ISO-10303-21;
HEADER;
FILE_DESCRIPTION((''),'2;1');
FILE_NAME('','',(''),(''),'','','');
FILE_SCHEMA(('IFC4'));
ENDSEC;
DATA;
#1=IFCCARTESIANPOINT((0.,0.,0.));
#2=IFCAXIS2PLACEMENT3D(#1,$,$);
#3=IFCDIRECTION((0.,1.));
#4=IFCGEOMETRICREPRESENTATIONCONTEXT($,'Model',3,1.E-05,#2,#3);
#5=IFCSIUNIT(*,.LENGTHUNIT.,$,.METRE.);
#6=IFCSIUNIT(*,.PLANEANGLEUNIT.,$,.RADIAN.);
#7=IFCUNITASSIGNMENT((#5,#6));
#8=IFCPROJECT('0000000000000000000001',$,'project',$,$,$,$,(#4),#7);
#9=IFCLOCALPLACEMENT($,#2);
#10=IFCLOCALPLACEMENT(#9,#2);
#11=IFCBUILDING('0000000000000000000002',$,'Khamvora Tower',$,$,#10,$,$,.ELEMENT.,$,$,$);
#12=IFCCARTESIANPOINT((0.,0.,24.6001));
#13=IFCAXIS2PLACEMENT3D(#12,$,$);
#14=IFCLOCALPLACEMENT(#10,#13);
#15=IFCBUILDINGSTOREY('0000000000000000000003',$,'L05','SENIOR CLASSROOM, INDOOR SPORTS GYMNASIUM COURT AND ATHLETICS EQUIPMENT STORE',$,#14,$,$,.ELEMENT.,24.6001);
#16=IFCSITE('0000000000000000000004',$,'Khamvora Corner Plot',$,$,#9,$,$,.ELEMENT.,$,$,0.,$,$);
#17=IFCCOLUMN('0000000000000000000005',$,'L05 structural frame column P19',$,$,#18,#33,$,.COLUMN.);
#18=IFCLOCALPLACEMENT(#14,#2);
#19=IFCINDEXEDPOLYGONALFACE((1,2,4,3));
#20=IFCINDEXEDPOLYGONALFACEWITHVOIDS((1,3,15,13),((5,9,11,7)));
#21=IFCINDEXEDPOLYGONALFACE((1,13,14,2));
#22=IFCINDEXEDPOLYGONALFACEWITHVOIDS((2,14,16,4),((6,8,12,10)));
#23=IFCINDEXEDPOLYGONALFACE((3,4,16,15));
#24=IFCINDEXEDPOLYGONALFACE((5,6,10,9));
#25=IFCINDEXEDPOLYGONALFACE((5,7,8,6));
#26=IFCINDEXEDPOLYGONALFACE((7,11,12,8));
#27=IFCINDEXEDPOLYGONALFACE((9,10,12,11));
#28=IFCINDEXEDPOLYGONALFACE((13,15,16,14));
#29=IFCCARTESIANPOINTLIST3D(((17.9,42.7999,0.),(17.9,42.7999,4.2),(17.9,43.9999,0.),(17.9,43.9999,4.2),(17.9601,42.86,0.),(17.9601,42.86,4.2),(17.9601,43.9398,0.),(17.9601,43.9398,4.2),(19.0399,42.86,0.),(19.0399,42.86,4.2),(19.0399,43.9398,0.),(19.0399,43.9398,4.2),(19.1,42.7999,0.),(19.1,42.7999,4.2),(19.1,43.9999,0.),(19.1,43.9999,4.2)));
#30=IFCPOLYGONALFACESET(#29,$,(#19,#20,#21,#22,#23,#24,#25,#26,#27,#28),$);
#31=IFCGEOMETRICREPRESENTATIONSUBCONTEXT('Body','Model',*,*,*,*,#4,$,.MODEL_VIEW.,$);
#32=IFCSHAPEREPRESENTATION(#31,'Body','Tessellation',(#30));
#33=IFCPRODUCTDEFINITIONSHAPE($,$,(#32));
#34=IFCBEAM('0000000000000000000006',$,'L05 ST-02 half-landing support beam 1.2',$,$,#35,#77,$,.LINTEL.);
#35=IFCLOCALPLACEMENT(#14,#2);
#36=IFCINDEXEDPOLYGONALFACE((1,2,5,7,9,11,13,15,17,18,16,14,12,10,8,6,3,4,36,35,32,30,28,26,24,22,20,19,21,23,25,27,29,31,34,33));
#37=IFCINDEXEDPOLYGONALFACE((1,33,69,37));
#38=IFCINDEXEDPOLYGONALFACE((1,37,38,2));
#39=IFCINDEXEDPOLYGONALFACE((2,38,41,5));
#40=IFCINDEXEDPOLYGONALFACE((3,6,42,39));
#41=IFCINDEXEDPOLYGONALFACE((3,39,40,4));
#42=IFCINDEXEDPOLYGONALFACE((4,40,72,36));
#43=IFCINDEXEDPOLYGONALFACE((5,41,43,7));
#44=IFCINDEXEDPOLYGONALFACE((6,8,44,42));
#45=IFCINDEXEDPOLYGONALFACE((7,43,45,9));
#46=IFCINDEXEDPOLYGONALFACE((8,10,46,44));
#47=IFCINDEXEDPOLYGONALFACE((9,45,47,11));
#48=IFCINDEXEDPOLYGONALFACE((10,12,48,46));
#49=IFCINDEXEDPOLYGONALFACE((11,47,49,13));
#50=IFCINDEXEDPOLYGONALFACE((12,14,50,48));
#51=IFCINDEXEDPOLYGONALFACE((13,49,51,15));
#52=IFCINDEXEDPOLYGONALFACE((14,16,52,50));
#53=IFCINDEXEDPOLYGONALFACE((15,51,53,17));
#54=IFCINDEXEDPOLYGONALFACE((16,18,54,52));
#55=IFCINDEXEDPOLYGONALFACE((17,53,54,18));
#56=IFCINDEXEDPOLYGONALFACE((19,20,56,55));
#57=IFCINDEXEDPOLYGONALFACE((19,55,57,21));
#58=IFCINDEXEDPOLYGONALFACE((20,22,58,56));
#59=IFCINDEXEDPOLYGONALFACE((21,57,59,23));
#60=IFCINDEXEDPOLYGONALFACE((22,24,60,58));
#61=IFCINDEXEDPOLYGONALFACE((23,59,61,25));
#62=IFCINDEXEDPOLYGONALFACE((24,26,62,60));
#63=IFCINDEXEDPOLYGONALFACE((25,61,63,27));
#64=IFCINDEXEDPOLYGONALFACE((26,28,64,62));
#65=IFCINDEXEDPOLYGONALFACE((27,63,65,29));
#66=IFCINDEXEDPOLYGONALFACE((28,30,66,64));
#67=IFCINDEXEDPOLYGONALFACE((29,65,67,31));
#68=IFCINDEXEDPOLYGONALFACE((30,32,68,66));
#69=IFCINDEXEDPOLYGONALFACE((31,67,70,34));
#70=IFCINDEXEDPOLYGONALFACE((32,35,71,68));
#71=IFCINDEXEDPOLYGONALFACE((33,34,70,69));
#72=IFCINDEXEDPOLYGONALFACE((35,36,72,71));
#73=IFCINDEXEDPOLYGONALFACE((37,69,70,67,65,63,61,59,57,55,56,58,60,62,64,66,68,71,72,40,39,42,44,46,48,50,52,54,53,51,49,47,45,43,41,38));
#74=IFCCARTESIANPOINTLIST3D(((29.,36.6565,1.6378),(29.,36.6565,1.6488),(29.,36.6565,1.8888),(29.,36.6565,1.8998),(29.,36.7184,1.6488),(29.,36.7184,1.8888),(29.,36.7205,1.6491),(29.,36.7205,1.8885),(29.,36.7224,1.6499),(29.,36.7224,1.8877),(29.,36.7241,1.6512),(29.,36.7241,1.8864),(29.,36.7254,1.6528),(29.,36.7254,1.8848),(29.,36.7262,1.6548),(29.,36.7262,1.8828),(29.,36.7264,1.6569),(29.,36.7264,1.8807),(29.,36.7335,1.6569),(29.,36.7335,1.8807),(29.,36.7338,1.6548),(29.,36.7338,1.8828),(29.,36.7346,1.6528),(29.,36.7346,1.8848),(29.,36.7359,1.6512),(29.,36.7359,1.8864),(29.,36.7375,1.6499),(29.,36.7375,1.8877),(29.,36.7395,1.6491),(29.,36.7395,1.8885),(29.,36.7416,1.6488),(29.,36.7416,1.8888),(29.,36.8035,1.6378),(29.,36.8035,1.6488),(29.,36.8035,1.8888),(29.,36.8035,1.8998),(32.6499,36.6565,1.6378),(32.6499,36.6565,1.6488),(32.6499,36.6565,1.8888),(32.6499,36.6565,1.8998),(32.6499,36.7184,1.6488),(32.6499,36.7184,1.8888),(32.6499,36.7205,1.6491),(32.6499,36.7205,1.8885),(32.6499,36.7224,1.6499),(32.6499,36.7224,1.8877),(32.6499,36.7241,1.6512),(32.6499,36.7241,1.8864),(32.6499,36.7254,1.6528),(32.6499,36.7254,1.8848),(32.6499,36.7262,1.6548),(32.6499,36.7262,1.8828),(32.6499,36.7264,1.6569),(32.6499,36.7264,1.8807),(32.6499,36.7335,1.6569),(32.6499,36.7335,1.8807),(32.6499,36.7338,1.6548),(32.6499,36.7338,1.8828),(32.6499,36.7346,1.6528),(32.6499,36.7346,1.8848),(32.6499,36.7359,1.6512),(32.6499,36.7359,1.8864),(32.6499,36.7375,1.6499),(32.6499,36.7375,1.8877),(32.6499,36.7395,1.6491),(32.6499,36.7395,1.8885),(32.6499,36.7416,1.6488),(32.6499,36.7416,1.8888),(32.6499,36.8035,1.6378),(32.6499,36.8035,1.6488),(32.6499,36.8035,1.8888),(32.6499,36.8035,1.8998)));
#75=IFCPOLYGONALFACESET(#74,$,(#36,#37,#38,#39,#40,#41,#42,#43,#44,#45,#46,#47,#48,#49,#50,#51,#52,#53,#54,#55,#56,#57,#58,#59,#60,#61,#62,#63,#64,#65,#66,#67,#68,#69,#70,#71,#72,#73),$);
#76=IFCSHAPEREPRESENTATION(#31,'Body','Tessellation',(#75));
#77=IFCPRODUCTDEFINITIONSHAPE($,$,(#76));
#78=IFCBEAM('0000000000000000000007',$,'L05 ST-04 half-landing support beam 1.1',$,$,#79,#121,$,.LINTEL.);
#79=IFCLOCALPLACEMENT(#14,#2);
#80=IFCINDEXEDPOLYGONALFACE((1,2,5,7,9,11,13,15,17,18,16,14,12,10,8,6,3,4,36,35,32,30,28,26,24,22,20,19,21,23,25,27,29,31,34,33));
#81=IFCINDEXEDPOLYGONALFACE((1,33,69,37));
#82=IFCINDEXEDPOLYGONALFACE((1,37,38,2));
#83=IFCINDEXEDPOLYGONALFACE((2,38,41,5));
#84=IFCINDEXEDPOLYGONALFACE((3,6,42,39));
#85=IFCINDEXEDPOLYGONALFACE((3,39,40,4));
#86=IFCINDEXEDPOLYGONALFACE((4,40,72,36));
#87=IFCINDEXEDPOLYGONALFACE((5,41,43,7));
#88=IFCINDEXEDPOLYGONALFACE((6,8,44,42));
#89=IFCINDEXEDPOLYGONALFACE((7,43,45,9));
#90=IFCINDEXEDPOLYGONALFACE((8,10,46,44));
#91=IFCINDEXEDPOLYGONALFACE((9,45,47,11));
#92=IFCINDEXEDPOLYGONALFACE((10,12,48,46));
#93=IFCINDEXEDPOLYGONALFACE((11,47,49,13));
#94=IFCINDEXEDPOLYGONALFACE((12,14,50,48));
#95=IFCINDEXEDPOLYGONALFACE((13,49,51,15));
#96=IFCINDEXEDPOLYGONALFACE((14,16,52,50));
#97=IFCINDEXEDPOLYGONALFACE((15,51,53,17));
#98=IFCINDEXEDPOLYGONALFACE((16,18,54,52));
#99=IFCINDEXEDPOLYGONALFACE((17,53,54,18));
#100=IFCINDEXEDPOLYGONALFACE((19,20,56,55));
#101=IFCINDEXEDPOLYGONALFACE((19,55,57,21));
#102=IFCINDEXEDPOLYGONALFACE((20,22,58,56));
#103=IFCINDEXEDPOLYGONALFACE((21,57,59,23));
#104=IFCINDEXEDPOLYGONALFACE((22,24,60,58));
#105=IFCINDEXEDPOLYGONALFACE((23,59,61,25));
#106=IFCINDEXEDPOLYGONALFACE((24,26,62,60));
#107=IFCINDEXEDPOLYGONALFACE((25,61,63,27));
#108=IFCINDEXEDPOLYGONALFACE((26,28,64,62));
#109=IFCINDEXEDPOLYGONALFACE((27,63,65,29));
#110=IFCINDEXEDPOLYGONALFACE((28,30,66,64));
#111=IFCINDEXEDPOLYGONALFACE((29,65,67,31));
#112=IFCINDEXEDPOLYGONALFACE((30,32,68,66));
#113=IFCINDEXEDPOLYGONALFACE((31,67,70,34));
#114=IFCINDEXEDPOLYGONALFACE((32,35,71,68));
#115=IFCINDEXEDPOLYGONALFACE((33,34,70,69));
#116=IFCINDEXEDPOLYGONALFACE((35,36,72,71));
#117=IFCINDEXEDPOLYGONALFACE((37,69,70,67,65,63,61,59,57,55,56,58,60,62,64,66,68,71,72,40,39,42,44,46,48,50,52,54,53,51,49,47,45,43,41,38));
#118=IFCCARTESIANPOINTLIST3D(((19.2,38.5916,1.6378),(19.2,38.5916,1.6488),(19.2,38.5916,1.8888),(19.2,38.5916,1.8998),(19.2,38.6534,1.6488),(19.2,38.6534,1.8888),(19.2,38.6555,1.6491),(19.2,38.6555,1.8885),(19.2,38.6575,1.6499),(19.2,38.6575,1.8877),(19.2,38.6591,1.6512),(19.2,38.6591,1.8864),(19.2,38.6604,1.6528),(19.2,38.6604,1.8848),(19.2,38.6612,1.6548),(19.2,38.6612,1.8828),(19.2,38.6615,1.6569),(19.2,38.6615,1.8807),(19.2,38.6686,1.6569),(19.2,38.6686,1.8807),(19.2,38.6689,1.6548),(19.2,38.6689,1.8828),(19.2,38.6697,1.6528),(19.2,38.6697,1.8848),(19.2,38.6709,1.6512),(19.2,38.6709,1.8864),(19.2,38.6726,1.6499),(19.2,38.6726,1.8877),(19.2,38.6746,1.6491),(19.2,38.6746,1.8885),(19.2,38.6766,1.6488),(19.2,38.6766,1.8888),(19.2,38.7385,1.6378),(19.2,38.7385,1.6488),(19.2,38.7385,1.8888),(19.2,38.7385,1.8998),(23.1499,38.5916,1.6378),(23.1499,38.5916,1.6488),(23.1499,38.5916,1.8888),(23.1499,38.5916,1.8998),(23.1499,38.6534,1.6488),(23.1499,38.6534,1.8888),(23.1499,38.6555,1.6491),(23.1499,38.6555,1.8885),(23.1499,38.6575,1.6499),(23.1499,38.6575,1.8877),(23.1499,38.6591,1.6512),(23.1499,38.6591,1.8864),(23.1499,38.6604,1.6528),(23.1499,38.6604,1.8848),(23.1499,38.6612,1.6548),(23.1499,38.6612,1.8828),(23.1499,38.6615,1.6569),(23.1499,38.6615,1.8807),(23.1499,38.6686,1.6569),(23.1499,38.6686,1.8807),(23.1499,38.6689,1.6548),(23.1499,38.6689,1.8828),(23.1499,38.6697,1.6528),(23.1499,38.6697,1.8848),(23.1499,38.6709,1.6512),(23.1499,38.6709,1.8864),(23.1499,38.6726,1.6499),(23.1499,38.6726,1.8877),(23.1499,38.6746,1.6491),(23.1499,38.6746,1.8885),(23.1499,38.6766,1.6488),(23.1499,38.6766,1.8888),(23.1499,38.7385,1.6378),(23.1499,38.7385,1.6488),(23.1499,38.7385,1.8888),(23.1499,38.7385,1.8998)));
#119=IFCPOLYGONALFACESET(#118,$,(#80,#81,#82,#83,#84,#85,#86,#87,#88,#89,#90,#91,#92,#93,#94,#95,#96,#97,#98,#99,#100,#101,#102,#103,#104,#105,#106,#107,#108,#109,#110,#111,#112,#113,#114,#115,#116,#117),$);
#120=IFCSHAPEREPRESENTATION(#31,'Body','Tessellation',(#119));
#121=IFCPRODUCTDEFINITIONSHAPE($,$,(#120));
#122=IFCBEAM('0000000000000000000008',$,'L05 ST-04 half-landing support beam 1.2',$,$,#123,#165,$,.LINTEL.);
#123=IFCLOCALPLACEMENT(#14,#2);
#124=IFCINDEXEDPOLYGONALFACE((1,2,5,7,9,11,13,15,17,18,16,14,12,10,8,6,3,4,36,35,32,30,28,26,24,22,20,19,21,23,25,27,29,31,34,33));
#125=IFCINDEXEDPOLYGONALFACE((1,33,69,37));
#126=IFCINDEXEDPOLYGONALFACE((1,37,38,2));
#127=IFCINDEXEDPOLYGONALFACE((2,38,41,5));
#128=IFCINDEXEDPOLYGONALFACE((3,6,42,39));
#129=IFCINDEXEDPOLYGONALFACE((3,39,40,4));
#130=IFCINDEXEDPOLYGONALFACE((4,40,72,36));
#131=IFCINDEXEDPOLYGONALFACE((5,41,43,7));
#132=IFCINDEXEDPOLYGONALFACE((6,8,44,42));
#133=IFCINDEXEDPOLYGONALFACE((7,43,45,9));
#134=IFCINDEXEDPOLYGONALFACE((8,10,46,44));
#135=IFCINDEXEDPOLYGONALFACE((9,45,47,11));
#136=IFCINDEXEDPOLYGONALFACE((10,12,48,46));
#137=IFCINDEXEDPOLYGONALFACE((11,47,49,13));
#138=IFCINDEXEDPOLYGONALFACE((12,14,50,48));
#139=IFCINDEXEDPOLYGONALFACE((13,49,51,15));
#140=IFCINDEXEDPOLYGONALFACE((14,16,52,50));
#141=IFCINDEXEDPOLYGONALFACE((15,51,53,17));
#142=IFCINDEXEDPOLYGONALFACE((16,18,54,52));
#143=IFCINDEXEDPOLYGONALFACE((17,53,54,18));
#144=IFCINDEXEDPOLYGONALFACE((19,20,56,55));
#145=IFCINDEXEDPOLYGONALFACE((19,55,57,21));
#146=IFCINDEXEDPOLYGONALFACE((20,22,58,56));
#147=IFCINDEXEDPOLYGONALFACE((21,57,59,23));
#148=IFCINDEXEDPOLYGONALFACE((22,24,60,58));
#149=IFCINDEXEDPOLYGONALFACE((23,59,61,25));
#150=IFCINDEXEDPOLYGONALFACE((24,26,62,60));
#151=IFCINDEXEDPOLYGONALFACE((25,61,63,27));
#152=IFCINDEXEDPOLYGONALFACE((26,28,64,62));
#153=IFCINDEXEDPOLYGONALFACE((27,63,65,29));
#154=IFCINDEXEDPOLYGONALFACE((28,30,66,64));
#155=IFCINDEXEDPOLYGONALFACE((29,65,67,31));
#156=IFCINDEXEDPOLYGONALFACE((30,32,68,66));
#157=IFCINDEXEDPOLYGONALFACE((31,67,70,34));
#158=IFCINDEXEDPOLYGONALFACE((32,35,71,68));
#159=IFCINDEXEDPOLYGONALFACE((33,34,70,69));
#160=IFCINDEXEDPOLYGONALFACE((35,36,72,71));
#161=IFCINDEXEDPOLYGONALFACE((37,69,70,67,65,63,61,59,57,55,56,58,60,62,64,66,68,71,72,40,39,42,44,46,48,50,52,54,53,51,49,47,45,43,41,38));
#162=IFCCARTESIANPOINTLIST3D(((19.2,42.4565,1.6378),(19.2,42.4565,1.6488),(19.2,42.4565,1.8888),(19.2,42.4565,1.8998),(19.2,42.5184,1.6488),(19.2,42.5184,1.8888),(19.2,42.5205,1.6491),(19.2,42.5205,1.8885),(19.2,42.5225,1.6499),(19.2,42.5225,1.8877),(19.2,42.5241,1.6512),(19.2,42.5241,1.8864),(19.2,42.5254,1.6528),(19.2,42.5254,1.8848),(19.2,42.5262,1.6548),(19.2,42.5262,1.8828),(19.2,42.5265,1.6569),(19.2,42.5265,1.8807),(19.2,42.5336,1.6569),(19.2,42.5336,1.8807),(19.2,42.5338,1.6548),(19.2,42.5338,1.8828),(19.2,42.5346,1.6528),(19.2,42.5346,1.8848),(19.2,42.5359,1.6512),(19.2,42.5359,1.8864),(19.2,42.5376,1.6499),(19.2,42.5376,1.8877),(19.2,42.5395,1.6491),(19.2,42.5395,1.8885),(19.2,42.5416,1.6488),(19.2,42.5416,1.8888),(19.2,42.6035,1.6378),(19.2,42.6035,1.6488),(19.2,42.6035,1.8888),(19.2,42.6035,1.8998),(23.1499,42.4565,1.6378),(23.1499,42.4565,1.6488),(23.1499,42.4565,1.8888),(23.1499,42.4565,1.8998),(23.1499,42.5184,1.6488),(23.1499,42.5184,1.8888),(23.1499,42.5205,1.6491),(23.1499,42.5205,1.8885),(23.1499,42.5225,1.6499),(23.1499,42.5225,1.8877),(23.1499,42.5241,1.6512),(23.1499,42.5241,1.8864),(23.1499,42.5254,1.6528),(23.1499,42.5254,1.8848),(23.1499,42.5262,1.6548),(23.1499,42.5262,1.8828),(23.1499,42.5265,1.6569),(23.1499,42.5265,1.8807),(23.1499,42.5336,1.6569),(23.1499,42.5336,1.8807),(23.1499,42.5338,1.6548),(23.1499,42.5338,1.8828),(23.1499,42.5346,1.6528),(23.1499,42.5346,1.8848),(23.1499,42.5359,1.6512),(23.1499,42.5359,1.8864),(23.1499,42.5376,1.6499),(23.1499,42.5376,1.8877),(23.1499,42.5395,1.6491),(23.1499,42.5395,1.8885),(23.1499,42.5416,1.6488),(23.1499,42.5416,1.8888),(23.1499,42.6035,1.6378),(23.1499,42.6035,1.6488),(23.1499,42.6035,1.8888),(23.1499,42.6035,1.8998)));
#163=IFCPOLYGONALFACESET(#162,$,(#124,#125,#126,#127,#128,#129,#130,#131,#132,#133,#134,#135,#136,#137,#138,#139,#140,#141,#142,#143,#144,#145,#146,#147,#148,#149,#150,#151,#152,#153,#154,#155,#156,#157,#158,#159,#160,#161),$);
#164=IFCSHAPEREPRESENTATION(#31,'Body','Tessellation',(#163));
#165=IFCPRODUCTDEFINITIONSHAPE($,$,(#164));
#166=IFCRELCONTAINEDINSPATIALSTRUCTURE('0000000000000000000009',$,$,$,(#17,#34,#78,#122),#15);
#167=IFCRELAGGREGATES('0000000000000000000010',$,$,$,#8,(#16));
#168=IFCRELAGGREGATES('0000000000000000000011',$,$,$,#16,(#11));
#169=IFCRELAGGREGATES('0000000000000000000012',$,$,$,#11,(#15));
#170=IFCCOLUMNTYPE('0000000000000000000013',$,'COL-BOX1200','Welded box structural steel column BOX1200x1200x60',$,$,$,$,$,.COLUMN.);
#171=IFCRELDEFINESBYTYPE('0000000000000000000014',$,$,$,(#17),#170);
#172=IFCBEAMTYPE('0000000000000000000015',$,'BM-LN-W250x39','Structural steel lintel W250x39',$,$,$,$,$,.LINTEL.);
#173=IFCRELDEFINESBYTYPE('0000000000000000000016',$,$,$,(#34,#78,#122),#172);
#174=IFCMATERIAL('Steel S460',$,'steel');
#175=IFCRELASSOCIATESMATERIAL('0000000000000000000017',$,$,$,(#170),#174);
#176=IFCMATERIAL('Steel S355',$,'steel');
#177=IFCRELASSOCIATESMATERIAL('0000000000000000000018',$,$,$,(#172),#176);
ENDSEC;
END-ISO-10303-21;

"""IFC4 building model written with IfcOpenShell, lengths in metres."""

from ifc_helpers import new_model, si_unit, direction, frame, origin, origin_2d, place, context, subcontext, project, spatial, hollow_rectangle, i_section, extrude, material, material_profile, profile_set, type_object, element, save


model = new_model("IFC4")

# Units and contexts
model_context = context("Model", 3, precision=1e-05, world=origin(), true_north=direction((0.0, 1.0)))
body_context = subcontext(model_context, "Body", "Model", "MODEL_VIEW")
ifc_project = project(units=[si_unit("LENGTHUNIT", "METRE"), si_unit("PLANEANGLEUNIT", "RADIAN")], contexts=[model_context])

# Site, building, storey
site_placement = place(None, origin())
site = spatial("IfcSite", under=ifc_project, at=site_placement, Name="Khamvora Corner Plot", CompositionType="ELEMENT", RefElevation=0.0)
building_placement = place(site_placement, origin())
building = spatial("IfcBuilding", under=site, at=building_placement, Name="Khamvora Tower", CompositionType="ELEMENT")
storey_placement = place(building_placement, frame((0.0, 0.0, 24.6001)))
storey = spatial("IfcBuildingStorey", under=building, at=storey_placement, Name="L05", Description="SENIOR CLASSROOM, INDOOR SPORTS GYMNASIUM COURT AND ATHLETICS EQUIPMENT STORE", CompositionType="ELEMENT", Elevation=24.6001)

# Column
ifc_material_1 = material(Name="Steel S460", Category="steel")
ifc_material_profile_1 = material_profile(ifc_material_1, hollow_rectangle(XDim=1.2, YDim=1.2, WallThickness=0.0601, at=origin_2d()), Name="BOX1200x1200x60")
ifc_profile_set_1 = profile_set([ifc_material_profile_1], Name="Steel S460")
column_type = type_object("IfcColumnType", Name="COL-BOX1200", Description="Welded box structural steel column BOX1200x1200x60", PredefinedType="COLUMN", material=ifc_profile_set_1)
column_placement = place(storey_placement, frame((18.5, 43.3999, 0.0), z_axis=(0.0, 0.0, 1.0), x_axis=(1.0, 0.0, 0.0)))
element("IfcColumn", 1, at=column_placement, inside=storey, type_object=column_type, Name="L05 structural frame column P19", PredefinedType="COLUMN", context=body_context, shape_type="SweptSolid", body=[
    extrude(hollow_rectangle(XDim=1.2, YDim=1.2, WallThickness=0.0601, at=origin_2d()), origin(), (0.0, 0.0, 1.0), 4.2),
])

# Beams
ifc_material_2 = material(Name="Steel S355", Category="steel")
ifc_material_profile_2 = material_profile(ifc_material_2, i_section(OverallWidth=0.147, OverallDepth=0.262, WebThickness=0.0071, FlangeThickness=0.011, FilletRadius=0.0081, at=origin_2d()), Name="W250x39")
ifc_profile_set_2 = profile_set([ifc_material_profile_2], Name="Steel S355")
beam_type_1 = type_object("IfcBeamType", Name="BM-LN-W250x39", Description="Structural steel lintel W250x39", PredefinedType="LINTEL", material=ifc_profile_set_2)
beam_1_placement = place(storey_placement, frame((29.0, 36.73, 1.7688), z_axis=(1.0, 0.0, 0.0), x_axis=(0.0, 1.0, 0.0)))
element("IfcBeam", 2, at=beam_1_placement, inside=storey, type_object=beam_type_1, Name="L05 ST-02 half-landing support beam 1.2", PredefinedType="LINTEL", context=body_context, shape_type="SweptSolid", body=[
    extrude(i_section(OverallWidth=0.147, OverallDepth=0.262, WebThickness=0.0071, FlangeThickness=0.011, FilletRadius=0.0081, at=origin_2d()), origin(), (0.0, 0.0, 1.0), 3.6499),
])
for number, where, z_axis, x_axis, name in (
    (3, (19.2, 38.665, 1.7688), (1.0, 0.0, 0.0), (0.0, 1.0, 0.0), "L05 ST-04 half-landing support beam 1.1"),
    (4, (19.2, 42.53, 1.7688), (1.0, 0.0, 0.0), (0.0, 1.0, 0.0), "L05 ST-04 half-landing support beam 1.2"),
):
    element("IfcBeam", number, at=place(storey_placement, frame(where, z_axis=z_axis, x_axis=x_axis)), inside=storey, type_object=beam_type_1, Name=name, PredefinedType="LINTEL", context=body_context, shape_type="SweptSolid", body=[
        extrude(i_section(OverallWidth=0.147, OverallDepth=0.262, WebThickness=0.0071, FlangeThickness=0.011, FilletRadius=0.0081, at=origin_2d()), origin(), (0.0, 0.0, 1.0), 3.95),
    ])

save(model, "model.ifc")
